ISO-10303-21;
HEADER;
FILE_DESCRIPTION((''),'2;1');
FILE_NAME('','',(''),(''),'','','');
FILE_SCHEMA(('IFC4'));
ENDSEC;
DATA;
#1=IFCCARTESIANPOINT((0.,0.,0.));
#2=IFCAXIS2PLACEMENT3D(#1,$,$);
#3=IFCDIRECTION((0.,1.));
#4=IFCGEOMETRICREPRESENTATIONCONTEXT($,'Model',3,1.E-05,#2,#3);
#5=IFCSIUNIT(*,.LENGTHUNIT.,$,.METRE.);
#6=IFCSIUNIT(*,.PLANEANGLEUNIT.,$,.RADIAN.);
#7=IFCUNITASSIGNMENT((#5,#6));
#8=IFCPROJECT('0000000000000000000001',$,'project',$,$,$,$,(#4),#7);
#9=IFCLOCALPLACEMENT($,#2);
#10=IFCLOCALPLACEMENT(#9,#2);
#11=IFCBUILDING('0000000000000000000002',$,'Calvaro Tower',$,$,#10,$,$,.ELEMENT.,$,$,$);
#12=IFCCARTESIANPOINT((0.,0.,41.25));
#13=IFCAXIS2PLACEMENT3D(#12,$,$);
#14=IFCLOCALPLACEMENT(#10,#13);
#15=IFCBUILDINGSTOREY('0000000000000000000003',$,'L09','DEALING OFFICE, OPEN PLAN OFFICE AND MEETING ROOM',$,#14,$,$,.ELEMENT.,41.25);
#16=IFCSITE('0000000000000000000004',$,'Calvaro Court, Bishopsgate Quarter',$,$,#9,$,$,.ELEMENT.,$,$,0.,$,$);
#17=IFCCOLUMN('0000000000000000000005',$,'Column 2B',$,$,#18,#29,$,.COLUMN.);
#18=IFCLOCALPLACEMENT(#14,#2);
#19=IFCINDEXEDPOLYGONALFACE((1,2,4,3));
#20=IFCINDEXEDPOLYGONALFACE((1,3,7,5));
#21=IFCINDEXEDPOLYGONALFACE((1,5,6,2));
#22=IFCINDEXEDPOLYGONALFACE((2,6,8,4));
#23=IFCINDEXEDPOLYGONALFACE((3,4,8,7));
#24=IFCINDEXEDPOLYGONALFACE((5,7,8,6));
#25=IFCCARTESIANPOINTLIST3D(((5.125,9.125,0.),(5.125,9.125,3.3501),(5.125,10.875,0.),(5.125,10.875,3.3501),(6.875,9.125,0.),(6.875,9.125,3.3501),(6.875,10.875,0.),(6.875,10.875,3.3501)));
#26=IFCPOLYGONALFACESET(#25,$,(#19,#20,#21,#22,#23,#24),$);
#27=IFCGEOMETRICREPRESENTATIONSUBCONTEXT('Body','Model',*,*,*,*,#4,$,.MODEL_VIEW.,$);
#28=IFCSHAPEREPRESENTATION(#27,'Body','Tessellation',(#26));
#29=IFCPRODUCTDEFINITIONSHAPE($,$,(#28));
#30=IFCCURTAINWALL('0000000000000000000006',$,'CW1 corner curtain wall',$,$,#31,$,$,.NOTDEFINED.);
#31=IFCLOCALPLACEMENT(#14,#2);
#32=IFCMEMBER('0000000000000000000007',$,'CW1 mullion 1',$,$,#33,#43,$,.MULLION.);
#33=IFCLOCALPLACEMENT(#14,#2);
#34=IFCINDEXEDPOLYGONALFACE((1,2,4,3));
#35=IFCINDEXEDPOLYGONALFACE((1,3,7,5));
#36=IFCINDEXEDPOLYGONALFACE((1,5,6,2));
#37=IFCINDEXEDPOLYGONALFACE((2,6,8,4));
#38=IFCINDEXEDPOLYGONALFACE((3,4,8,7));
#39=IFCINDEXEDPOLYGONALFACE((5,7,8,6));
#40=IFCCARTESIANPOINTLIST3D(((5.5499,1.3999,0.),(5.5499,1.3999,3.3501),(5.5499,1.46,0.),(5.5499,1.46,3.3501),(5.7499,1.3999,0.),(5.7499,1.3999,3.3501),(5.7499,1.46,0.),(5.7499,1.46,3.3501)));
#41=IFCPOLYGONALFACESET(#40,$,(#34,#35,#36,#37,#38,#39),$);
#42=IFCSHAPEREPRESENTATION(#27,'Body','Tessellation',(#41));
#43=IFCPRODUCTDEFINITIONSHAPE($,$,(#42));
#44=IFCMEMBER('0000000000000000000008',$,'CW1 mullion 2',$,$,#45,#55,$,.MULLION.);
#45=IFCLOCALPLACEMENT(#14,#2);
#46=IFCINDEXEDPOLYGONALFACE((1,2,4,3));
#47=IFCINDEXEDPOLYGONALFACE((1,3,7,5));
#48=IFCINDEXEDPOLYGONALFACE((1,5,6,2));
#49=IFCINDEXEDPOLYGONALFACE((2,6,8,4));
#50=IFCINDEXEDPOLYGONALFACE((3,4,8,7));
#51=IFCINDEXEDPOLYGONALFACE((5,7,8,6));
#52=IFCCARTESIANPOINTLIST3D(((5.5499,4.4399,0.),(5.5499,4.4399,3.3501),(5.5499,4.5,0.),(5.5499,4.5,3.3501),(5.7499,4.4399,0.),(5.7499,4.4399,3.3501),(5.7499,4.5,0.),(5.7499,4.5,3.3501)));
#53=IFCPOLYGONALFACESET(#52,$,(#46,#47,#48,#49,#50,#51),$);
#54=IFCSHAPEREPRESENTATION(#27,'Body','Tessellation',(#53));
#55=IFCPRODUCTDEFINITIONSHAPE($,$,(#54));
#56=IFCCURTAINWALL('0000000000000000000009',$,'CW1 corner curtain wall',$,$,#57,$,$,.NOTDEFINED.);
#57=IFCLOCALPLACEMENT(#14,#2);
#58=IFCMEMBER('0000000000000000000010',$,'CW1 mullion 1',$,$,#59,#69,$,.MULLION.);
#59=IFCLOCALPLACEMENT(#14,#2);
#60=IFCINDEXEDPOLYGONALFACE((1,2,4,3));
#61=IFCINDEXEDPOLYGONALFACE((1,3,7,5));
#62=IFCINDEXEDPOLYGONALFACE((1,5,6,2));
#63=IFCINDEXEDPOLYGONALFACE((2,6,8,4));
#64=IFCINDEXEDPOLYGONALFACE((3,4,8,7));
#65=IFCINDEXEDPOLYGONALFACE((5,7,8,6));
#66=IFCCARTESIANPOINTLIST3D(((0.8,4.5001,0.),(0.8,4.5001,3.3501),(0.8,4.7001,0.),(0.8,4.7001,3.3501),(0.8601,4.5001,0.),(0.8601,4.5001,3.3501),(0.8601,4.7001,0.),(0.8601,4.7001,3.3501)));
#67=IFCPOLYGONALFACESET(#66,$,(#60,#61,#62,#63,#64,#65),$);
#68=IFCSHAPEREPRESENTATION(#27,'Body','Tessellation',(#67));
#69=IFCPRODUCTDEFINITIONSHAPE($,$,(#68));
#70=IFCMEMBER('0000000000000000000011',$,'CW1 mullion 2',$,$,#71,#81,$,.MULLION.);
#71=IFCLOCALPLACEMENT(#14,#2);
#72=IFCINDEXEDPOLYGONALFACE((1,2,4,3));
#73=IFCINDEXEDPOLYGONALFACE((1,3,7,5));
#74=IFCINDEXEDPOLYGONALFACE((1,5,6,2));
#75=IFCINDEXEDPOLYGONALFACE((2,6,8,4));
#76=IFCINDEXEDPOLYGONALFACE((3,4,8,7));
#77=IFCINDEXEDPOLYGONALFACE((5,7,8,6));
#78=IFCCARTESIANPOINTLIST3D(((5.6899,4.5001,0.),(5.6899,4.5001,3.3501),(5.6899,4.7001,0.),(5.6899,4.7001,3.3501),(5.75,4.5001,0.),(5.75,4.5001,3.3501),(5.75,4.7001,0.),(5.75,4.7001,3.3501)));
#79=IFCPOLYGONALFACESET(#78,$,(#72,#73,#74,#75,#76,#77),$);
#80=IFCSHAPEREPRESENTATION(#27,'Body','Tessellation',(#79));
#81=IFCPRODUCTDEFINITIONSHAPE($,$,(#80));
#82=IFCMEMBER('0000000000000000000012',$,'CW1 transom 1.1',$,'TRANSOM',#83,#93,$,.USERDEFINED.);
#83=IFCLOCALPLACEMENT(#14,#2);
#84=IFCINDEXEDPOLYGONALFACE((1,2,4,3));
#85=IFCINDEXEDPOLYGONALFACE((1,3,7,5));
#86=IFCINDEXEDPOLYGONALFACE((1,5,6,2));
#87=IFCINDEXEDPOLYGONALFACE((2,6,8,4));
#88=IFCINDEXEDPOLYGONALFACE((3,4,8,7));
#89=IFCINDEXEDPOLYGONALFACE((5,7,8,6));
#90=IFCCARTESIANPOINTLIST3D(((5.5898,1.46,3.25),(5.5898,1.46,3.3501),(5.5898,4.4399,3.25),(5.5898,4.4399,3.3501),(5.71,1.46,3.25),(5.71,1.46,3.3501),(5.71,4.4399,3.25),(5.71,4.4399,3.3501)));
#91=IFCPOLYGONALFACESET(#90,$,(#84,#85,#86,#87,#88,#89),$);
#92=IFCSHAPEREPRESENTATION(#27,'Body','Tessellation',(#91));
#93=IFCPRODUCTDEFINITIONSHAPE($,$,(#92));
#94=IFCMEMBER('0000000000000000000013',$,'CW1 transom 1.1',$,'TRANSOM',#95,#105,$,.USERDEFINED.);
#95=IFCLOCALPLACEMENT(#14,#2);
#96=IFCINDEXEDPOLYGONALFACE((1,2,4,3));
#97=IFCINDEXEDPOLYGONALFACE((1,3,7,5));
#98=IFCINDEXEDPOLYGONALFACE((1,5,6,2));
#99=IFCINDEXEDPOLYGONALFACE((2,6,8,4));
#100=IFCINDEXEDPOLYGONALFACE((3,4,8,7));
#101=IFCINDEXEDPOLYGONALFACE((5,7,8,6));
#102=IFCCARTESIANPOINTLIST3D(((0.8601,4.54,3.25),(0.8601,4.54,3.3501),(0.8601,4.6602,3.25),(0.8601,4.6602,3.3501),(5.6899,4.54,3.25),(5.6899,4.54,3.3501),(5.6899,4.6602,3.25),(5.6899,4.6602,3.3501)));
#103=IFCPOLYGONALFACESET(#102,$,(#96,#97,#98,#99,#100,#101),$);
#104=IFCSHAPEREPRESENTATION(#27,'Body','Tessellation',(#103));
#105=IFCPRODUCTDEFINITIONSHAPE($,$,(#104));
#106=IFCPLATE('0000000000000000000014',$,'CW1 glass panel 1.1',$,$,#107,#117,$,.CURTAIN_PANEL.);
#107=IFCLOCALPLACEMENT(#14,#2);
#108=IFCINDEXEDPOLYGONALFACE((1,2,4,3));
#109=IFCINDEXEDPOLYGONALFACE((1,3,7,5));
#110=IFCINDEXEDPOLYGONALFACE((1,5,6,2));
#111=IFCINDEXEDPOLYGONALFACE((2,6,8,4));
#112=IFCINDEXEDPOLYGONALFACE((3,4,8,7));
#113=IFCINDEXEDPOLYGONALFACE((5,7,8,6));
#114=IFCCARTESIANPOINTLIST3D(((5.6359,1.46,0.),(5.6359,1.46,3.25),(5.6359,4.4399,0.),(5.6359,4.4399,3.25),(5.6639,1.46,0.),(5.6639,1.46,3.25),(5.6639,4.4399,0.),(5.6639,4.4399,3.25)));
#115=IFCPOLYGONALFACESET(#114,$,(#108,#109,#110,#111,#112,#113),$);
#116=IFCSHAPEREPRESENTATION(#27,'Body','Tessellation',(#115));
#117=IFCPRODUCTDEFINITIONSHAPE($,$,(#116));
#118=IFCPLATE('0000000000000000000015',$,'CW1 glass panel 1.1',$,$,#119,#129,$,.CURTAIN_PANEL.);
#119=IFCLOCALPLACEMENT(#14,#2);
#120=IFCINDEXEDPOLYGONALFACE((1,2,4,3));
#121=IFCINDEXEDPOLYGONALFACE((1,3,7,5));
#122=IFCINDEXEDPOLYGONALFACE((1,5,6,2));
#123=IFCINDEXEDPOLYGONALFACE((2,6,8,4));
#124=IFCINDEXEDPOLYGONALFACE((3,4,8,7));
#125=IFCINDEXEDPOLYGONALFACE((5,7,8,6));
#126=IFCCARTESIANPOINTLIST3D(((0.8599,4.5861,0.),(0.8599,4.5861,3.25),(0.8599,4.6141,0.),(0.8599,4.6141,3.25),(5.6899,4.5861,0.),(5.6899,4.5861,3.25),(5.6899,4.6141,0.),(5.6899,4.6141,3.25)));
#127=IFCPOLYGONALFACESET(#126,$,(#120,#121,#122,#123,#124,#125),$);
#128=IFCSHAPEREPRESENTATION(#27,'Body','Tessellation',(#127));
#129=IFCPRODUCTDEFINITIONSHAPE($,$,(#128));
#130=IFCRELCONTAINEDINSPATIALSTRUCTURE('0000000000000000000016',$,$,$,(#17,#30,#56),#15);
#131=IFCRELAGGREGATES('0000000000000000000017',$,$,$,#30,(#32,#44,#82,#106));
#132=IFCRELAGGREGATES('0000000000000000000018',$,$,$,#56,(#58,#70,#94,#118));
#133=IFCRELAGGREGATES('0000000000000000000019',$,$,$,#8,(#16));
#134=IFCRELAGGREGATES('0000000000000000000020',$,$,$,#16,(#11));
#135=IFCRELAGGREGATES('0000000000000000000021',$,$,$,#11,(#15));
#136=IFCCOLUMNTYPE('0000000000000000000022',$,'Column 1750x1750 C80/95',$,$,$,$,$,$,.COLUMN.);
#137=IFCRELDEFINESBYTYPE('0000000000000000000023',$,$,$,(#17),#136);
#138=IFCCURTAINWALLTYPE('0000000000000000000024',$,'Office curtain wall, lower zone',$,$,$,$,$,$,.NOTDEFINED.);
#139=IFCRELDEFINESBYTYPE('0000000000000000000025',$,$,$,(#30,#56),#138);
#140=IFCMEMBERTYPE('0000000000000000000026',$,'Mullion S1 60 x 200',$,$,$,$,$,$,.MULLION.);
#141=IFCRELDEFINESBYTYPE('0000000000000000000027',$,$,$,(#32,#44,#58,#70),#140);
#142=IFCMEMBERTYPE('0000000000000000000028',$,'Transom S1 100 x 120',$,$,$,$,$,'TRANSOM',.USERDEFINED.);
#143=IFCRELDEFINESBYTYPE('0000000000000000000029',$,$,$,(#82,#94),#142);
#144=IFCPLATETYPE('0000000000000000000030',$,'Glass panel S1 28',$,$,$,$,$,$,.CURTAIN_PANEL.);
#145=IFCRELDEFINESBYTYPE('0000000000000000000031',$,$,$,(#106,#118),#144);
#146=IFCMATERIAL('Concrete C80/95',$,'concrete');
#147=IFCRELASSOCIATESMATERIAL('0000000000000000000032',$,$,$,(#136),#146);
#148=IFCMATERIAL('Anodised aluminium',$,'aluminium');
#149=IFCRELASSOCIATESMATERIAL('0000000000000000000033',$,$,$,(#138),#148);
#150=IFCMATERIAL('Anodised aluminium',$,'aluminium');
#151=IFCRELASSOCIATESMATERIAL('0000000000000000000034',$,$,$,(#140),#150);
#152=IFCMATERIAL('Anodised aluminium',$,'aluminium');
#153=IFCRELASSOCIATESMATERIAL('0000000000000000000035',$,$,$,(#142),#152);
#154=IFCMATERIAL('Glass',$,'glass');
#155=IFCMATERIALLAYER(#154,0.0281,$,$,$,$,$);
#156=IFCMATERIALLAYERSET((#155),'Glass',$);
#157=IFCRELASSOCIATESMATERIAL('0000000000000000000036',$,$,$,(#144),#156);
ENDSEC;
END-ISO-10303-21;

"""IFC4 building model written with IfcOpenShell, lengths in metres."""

from ifc_helpers import new_model, si_unit, direction, frame, origin, origin_2d, place, context, subcontext, project, spatial, rectangle, extrude, material, layer, layer_set, material_profile, profile_set, type_object, element, aggregate, save


model = new_model("IFC4")

# Units and contexts
model_context = context("Model", 3, precision=1e-05, world=origin(), true_north=direction((0.0, 1.0)))
body_context = subcontext(model_context, "Body", "Model", "MODEL_VIEW")
ifc_project = project(units=[si_unit("LENGTHUNIT", "METRE"), si_unit("PLANEANGLEUNIT", "RADIAN")], contexts=[model_context])

# Site, building, storey
site_placement = place(None, origin())
site = spatial("IfcSite", under=ifc_project, at=site_placement, Name="Calvaro Court, Bishopsgate Quarter", CompositionType="ELEMENT", RefElevation=0.0)
building_placement = place(site_placement, origin())
building = spatial("IfcBuilding", under=site, at=building_placement, Name="Calvaro Tower", CompositionType="ELEMENT")
storey_placement = place(building_placement, frame((0.0, 0.0, 41.25)))
storey = spatial("IfcBuildingStorey", under=building, at=storey_placement, Name="L09", Description="DEALING OFFICE, OPEN PLAN OFFICE AND MEETING ROOM", CompositionType="ELEMENT", Elevation=41.25)

# Column
ifc_material_1 = material(Name="Concrete C80/95", Category="concrete")
ifc_material_profile_1 = material_profile(ifc_material_1, rectangle(XDim=1.75, YDim=1.75, at=origin_2d()), Name="RC 1750x1750")
ifc_profile_set_1 = profile_set([ifc_material_profile_1], Name="Concrete C80/95")
column_type = type_object("IfcColumnType", Name="Column 1750x1750 C80/95", PredefinedType="COLUMN", material=ifc_profile_set_1)
column_placement = place(storey_placement, frame((6.0, 10.0, 0.0), z_axis=(0.0, 0.0, 1.0), x_axis=(1.0, 0.0, 0.0)))
element("IfcColumn", 1, at=column_placement, inside=storey, type_object=column_type, Name="Column 2B", PredefinedType="COLUMN", context=body_context, shape_type="SweptSolid", body=[
    extrude(rectangle(XDim=1.75, YDim=1.75, at=origin_2d()), origin(), (0.0, 0.0, 1.0), 3.3501),
])

# Curtain walls, members
ifc_material_2 = material(Name="Anodised aluminium", Category="aluminium")
curtain_wall_type = type_object("IfcCurtainWallType", Name="Office curtain wall, lower zone", PredefinedType="NOTDEFINED", material=ifc_material_2)
curtain_wall_1_placement = place(storey_placement, origin())
curtain_wall_1 = element("IfcCurtainWall", 2, at=curtain_wall_1_placement, inside=storey, type_object=curtain_wall_type, Name="CW1 corner curtain wall", PredefinedType="NOTDEFINED")
ifc_material_3 = material(Name="Anodised aluminium", Category="aluminium")
ifc_material_profile_2 = material_profile(ifc_material_3, rectangle(XDim=0.2, YDim=0.0601, at=origin_2d()), Name="Mullion S1 60 x 200")
ifc_profile_set_2 = profile_set([ifc_material_profile_2], Name="Anodised aluminium")
member_type_1 = type_object("IfcMemberType", Name="Mullion S1 60 x 200", PredefinedType="MULLION", material=ifc_profile_set_2)
member_1_placement = place(storey_placement, frame((5.6499, 1.4299, 0.0), z_axis=(0.0, 0.0, 1.0), x_axis=(-1.0, 0.0, 0.0)))
member_1 = element("IfcMember", 3, at=member_1_placement, type_object=member_type_1, Name="CW1 mullion 1", PredefinedType="MULLION", context=body_context, shape_type="SweptSolid", body=[
    extrude(rectangle(XDim=0.2, YDim=0.0601, at=origin_2d()), origin(), (0.0, 0.0, 1.0), 3.3501),
])
member_2_placement = place(storey_placement, frame((5.6499, 4.47, 0.0), z_axis=(0.0, 0.0, 1.0), x_axis=(-1.0, 0.0, 0.0)))
member_2 = element("IfcMember", 4, at=member_2_placement, type_object=member_type_1, Name="CW1 mullion 2", PredefinedType="MULLION", context=body_context, shape_type="SweptSolid", body=[
    extrude(rectangle(XDim=0.2, YDim=0.0601, at=origin_2d()), origin(), (0.0, 0.0, 1.0), 3.3501),
])
curtain_wall_2_placement = place(storey_placement, origin())
curtain_wall_2 = element("IfcCurtainWall", 5, at=curtain_wall_2_placement, inside=storey, type_object=curtain_wall_type, Name="CW1 corner curtain wall", PredefinedType="NOTDEFINED")
member_3_placement = place(storey_placement, frame((0.8301, 4.6001, 0.0), z_axis=(0.0, 0.0, 1.0), x_axis=(0.0, 1.0, 0.0)))
member_3 = element("IfcMember", 6, at=member_3_placement, type_object=member_type_1, Name="CW1 mullion 1", PredefinedType="MULLION", context=body_context, shape_type="SweptSolid", body=[
    extrude(rectangle(XDim=0.2, YDim=0.0601, at=origin_2d()), origin(), (0.0, 0.0, 1.0), 3.3501),
])
member_4_placement = place(storey_placement, frame((5.72, 4.6001, 0.0), z_axis=(0.0, 0.0, 1.0), x_axis=(0.0, 1.0, 0.0)))
member_4 = element("IfcMember", 7, at=member_4_placement, type_object=member_type_1, Name="CW1 mullion 2", PredefinedType="MULLION", context=body_context, shape_type="SweptSolid", body=[
    extrude(rectangle(XDim=0.2, YDim=0.0601, at=origin_2d()), origin(), (0.0, 0.0, 1.0), 3.3501),
])

# Members
ifc_material_4 = material(Name="Anodised aluminium", Category="aluminium")
ifc_material_profile_3 = material_profile(ifc_material_4, rectangle(XDim=0.1201, YDim=0.1001, at=origin_2d()), Name="Transom S1 100 x 120")
ifc_profile_set_3 = profile_set([ifc_material_profile_3], Name="Anodised aluminium")
member_type_2 = type_object("IfcMemberType", Name="Transom S1 100 x 120", ElementType="TRANSOM", PredefinedType="USERDEFINED", material=ifc_profile_set_3)
member_5_placement = place(storey_placement, frame((5.6499, 1.46, 3.3), z_axis=(0.0, 1.0, 0.0), x_axis=(-1.0, 0.0, 0.0)))
member_5 = element("IfcMember", 8, at=member_5_placement, type_object=member_type_2, Name="CW1 transom 1.1", ObjectType="TRANSOM", PredefinedType="USERDEFINED", context=body_context, shape_type="SweptSolid", body=[
    extrude(rectangle(XDim=0.1201, YDim=0.1001, at=origin_2d()), origin(), (0.0, 0.0, 1.0), 2.98),
])
member_6_placement = place(storey_placement, frame((0.8601, 4.6001, 3.3), z_axis=(1.0, 0.0, 0.0), x_axis=(0.0, 1.0, 0.0)))
member_6 = element("IfcMember", 9, at=member_6_placement, type_object=member_type_2, Name="CW1 transom 1.1", ObjectType="TRANSOM", PredefinedType="USERDEFINED", context=body_context, shape_type="SweptSolid", body=[
    extrude(rectangle(XDim=0.1201, YDim=0.1001, at=origin_2d()), origin(), (0.0, 0.0, 1.0), 4.8298),
])

# Plates
ifc_material_5 = material(Name="Glass", Category="glass")
ifc_layer_1 = layer(ifc_material_5, 0.0281)
ifc_layer_set_1 = layer_set([ifc_layer_1], Name="Glass")
plate_type = type_object("IfcPlateType", Name="Glass panel S1 28", PredefinedType="CURTAIN_PANEL", material=ifc_layer_set_1)
plate_1_placement = place(storey_placement, frame((5.6499, 2.95, 0.0), z_axis=(0.0, 0.0, 1.0), x_axis=(0.0, 1.0, 0.0)))
plate_1 = element("IfcPlate", 10, at=plate_1_placement, type_object=plate_type, Name="CW1 glass panel 1.1", PredefinedType="CURTAIN_PANEL", context=body_context, shape_type="SweptSolid", body=[
    extrude(rectangle(XDim=2.98, YDim=0.0281, at=origin_2d()), origin(), (0.0, 0.0, 1.0), 3.25),
])
aggregate(curtain_wall_1, [member_1, member_2, member_5, plate_1])
plate_2_placement = place(storey_placement, frame((3.2749, 4.6001, 0.0), z_axis=(0.0, 0.0, 1.0), x_axis=(1.0, 0.0, 0.0)))
plate_2 = element("IfcPlate", 11, at=plate_2_placement, type_object=plate_type, Name="CW1 glass panel 1.1", PredefinedType="CURTAIN_PANEL", context=body_context, shape_type="SweptSolid", body=[
    extrude(rectangle(XDim=4.8301, YDim=0.0281, at=origin_2d()), origin(), (0.0, 0.0, 1.0), 3.25),
])
aggregate(curtain_wall_2, [member_3, member_4, member_6, plate_2])

save(model, "model.ifc")
